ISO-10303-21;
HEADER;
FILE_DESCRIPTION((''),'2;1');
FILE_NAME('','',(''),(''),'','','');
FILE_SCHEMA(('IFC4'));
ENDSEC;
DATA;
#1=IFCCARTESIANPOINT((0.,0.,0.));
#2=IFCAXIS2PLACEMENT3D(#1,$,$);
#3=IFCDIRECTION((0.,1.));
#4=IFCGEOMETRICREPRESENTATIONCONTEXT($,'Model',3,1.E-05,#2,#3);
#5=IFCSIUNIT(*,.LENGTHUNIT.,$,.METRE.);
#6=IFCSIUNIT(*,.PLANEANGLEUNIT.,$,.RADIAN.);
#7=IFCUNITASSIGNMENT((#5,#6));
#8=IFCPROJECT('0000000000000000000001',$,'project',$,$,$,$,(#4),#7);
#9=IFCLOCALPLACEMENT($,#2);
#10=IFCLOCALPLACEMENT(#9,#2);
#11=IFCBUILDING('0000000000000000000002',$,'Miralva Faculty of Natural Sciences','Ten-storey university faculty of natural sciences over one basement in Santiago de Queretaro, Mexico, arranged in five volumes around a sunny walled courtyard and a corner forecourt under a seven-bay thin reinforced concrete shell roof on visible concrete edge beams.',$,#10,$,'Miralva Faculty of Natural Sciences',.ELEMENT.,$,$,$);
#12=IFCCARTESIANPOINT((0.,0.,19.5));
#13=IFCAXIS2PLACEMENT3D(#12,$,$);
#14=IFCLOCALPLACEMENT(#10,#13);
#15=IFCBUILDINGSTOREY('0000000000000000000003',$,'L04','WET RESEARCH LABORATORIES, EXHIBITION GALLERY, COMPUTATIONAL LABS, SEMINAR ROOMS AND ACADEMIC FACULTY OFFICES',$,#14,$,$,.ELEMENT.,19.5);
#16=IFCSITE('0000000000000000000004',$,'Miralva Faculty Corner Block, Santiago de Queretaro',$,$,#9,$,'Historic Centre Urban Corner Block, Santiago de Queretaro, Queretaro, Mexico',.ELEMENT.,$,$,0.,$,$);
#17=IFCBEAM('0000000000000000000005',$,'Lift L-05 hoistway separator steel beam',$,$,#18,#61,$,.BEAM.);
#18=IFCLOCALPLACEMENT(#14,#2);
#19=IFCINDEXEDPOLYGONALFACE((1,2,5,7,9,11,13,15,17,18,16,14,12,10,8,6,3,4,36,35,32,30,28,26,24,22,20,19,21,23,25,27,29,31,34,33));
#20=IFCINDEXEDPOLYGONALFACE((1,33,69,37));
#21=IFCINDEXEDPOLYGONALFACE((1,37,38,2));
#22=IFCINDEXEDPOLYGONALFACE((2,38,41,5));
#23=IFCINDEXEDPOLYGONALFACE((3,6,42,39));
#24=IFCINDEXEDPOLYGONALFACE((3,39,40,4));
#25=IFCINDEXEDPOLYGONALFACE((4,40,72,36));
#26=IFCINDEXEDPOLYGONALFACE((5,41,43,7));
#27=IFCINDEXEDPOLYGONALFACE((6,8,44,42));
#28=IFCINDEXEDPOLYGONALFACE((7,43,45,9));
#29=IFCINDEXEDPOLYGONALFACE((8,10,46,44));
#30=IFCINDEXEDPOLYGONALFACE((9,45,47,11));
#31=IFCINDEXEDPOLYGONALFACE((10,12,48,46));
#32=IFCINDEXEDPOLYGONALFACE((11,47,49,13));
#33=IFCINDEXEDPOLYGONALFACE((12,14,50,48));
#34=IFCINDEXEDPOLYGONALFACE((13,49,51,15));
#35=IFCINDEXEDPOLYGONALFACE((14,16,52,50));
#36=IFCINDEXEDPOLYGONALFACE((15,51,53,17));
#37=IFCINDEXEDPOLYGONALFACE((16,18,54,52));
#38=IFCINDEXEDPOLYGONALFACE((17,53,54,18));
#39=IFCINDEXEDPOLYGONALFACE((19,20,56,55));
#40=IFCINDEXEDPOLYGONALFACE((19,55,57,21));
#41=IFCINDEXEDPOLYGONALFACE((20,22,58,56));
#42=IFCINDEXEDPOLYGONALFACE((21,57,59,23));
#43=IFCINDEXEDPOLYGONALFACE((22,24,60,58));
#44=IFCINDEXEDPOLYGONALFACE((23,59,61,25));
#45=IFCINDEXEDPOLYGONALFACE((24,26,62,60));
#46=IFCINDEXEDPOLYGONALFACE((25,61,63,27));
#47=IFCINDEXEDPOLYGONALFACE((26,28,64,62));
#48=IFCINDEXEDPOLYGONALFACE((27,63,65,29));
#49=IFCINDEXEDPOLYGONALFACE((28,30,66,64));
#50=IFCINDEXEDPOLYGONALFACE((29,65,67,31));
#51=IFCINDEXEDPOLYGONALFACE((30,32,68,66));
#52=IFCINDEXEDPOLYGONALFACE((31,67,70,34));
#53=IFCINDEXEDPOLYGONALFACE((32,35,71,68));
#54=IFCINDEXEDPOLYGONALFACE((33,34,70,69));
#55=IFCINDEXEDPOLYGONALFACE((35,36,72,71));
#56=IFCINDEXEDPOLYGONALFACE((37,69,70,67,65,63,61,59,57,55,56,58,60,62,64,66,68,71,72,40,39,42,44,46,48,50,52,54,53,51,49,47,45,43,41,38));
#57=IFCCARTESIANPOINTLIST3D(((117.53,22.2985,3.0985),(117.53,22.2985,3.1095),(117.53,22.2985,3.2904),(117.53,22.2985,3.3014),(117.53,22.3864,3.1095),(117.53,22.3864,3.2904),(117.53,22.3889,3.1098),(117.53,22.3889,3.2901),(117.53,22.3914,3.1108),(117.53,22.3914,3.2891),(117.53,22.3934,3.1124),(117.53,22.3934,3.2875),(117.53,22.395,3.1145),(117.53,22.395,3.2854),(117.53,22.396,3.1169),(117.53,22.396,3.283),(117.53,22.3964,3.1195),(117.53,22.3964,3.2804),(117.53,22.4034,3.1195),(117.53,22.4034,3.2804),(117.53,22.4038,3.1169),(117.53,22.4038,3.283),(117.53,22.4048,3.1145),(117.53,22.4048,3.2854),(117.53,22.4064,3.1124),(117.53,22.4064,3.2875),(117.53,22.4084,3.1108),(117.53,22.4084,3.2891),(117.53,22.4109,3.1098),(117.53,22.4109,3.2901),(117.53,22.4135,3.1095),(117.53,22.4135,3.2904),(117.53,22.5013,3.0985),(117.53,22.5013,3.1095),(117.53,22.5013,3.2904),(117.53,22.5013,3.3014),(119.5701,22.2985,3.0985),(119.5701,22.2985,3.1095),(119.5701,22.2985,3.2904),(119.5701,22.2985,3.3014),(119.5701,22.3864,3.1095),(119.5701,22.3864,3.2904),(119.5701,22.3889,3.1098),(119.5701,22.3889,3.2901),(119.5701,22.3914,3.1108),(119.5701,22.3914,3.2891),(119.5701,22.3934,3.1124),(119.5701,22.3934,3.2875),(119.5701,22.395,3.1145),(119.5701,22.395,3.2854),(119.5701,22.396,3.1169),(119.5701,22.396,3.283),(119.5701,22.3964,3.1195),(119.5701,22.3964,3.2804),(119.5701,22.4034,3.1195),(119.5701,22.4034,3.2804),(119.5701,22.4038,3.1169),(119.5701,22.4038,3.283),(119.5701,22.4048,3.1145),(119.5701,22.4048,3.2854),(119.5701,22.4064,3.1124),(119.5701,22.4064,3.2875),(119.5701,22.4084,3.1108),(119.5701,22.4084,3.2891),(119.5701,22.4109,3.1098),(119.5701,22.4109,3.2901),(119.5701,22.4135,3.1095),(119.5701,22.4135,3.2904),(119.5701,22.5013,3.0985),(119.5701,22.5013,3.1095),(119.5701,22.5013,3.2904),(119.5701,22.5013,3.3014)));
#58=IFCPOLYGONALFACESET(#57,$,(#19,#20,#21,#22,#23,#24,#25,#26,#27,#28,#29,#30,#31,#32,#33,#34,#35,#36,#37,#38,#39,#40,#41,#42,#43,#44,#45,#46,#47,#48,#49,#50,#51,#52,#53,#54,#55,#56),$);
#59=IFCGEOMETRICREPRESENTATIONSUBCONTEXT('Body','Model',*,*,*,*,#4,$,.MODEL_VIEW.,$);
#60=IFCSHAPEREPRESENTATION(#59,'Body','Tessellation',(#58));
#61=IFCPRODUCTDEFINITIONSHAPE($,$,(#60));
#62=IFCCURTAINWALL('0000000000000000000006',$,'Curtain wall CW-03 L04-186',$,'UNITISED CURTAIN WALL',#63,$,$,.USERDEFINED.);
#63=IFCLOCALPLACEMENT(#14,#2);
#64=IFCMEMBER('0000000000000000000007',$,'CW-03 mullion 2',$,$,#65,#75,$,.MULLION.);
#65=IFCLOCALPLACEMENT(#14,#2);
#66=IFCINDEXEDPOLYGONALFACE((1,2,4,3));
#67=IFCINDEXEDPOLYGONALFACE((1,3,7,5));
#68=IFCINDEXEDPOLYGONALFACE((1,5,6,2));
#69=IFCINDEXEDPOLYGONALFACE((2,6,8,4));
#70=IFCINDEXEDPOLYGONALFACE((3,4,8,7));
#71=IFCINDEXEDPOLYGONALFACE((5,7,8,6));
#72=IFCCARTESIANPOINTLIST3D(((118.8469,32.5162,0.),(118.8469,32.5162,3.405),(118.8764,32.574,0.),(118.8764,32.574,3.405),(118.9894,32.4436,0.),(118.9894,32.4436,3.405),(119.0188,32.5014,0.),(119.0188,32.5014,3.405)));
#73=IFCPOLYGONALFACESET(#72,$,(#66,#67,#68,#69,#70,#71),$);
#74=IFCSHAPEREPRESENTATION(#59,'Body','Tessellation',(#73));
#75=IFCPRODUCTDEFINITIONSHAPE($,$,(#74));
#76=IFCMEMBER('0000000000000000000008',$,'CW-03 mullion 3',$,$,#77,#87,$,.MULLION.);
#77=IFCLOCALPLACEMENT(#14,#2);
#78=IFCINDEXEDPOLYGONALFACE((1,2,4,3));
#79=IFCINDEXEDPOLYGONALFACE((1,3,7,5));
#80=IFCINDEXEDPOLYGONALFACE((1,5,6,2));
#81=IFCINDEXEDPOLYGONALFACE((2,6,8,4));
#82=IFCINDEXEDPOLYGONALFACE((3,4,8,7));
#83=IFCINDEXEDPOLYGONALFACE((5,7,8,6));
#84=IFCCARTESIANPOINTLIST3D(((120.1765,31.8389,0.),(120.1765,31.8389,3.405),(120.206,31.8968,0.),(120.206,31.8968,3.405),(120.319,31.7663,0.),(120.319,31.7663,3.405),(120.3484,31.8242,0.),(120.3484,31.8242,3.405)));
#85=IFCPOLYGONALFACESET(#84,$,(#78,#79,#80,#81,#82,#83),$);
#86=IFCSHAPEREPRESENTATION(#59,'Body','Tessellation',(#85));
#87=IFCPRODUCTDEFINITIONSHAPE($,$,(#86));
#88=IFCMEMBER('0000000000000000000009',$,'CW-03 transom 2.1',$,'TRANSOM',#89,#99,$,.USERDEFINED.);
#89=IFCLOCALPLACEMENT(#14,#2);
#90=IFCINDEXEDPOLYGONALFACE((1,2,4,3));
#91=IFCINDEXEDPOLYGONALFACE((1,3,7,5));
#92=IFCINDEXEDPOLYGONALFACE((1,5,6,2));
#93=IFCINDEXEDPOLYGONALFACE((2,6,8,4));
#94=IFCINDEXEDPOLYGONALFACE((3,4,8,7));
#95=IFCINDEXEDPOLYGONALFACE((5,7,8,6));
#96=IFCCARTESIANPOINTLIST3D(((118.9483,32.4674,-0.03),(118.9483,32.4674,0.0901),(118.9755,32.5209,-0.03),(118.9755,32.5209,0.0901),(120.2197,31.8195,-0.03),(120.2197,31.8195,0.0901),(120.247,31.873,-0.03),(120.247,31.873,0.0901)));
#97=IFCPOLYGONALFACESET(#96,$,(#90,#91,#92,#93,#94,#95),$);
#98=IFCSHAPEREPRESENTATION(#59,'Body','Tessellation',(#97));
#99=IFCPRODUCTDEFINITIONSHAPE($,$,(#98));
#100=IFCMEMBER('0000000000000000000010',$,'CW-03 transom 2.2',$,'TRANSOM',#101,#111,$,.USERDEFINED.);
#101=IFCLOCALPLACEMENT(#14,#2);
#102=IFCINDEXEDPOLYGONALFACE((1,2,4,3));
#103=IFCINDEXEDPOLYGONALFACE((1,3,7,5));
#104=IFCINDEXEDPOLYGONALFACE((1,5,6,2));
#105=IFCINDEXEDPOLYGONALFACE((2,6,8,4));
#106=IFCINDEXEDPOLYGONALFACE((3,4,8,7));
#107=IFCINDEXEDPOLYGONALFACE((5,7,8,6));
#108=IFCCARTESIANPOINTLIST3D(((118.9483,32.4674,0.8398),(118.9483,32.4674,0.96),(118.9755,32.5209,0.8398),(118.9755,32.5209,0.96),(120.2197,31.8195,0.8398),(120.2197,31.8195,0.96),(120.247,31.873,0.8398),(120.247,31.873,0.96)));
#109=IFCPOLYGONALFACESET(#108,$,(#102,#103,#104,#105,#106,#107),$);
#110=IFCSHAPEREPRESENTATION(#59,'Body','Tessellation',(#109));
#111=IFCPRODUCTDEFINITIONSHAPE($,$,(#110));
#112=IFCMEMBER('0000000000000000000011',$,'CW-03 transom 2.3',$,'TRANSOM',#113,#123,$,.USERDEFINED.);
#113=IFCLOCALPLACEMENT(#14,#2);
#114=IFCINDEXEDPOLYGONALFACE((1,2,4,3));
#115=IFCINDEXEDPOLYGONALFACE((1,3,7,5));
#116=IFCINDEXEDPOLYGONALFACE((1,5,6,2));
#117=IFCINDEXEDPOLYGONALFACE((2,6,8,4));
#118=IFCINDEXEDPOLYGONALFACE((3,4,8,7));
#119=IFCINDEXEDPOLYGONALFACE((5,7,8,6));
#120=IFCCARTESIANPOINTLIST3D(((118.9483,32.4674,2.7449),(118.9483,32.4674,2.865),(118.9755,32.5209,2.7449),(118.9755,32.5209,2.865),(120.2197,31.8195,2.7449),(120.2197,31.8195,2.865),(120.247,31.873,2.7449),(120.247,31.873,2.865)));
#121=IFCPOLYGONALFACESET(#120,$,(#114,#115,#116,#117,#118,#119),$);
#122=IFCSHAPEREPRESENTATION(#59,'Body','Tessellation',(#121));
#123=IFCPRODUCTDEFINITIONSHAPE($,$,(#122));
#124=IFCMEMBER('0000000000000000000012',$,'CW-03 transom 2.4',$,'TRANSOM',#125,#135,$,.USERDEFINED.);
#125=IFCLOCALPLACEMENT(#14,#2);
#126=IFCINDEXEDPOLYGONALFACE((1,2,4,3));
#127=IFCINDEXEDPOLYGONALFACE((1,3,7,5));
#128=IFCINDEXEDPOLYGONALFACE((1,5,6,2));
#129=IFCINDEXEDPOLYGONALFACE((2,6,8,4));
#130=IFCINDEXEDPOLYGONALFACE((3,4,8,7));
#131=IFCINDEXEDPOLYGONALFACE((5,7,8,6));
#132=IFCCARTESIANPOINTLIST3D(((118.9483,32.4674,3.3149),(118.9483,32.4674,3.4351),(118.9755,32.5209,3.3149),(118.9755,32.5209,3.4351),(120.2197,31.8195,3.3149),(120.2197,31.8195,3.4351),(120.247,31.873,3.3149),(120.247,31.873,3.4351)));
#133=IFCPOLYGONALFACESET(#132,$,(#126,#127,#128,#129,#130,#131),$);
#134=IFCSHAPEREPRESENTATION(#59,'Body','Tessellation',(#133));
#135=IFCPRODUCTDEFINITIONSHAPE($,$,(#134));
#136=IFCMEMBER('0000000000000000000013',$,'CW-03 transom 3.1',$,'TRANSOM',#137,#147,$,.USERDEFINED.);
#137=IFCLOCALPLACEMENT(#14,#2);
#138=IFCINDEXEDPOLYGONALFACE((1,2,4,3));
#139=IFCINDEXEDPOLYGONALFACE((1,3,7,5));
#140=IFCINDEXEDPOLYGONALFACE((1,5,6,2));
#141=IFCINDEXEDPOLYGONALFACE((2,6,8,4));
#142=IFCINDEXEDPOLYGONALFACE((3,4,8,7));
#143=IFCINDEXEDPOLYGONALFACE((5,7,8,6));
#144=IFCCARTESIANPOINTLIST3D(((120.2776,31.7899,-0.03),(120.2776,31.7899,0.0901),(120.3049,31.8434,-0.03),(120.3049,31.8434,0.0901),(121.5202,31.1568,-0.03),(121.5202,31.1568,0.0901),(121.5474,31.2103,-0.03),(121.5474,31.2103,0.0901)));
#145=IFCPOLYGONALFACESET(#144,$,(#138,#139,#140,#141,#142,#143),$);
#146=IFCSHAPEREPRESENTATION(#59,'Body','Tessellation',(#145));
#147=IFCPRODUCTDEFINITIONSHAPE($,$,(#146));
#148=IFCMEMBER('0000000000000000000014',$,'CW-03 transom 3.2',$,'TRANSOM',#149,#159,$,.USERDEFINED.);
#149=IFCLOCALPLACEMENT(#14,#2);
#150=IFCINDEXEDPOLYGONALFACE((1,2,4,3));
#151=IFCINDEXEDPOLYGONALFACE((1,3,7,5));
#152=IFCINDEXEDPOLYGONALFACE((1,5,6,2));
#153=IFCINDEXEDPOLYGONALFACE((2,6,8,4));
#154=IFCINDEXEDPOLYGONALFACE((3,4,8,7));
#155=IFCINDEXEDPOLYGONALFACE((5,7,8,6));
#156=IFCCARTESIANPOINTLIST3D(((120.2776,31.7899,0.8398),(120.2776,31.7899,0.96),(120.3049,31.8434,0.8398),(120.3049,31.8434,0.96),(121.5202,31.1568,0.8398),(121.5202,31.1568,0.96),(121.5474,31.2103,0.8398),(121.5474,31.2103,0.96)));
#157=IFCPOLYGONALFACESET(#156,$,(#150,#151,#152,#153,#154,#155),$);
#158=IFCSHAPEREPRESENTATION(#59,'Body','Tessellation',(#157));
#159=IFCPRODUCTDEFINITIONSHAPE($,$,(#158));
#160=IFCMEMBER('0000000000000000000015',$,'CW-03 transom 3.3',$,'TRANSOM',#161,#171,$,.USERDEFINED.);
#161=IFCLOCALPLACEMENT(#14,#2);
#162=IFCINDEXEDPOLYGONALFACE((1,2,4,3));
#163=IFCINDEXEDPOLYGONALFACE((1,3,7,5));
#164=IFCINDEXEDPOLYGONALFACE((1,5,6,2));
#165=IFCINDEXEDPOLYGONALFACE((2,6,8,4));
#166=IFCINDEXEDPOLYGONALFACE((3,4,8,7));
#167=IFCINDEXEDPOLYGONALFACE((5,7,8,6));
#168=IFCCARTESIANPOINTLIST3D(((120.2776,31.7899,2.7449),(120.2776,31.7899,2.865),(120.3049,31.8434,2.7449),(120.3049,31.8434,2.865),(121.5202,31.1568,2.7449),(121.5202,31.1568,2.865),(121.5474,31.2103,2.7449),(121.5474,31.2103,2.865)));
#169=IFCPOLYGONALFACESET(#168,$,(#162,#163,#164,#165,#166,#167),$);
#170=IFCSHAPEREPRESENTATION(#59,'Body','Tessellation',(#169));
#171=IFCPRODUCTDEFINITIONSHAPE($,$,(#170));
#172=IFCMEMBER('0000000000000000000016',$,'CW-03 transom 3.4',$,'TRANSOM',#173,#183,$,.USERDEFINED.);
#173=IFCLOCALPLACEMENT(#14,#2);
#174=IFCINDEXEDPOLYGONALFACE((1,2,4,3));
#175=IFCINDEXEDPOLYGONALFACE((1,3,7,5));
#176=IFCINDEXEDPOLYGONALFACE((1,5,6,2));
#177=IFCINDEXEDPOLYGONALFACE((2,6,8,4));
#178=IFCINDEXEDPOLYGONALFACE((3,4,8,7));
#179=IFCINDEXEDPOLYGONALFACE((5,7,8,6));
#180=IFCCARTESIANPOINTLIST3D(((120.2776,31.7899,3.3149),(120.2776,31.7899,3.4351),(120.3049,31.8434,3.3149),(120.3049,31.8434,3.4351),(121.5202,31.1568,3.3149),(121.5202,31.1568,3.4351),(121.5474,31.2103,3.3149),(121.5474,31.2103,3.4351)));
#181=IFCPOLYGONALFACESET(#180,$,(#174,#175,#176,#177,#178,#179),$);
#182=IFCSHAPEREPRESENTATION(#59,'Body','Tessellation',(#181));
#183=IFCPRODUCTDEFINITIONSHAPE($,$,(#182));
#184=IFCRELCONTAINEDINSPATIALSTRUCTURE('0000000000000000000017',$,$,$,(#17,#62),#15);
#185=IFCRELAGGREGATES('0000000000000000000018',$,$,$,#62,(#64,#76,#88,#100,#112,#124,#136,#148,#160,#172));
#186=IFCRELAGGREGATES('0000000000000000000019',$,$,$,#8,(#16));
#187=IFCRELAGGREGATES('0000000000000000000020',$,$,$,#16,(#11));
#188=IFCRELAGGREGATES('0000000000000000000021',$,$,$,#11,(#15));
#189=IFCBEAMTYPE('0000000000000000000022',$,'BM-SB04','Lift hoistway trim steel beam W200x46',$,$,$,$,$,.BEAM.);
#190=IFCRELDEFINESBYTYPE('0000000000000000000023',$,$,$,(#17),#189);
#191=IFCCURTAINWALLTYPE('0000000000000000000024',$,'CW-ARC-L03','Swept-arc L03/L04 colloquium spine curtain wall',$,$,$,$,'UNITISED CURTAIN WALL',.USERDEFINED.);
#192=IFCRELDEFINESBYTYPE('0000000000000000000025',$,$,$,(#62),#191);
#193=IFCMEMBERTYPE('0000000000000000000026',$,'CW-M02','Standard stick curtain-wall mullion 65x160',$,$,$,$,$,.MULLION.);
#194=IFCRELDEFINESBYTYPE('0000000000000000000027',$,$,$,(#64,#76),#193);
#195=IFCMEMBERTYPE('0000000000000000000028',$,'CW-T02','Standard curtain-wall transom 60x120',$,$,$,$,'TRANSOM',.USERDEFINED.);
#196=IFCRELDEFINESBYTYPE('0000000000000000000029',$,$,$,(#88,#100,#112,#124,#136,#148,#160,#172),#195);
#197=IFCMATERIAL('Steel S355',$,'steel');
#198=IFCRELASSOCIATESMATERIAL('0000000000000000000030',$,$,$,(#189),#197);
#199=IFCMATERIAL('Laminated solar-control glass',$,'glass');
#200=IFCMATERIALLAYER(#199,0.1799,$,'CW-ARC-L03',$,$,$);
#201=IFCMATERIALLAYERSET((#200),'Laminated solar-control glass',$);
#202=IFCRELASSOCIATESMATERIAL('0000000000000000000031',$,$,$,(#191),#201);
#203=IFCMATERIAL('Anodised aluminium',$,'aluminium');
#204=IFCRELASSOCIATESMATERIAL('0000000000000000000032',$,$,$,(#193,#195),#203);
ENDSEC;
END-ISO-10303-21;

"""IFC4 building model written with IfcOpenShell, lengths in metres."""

from ifc_helpers import new_model, si_unit, direction, frame, origin, origin_2d, place, context, subcontext, project, spatial, rectangle, i_section, extrude, material, layer, layer_set, material_profile, profile_set, type_object, element, aggregate, save


model = new_model("IFC4")

# Units and contexts
model_context = context("Model", 3, precision=1e-05, world=origin(), true_north=direction((0.0, 1.0)))
body_context = subcontext(model_context, "Body", "Model", "MODEL_VIEW")
ifc_project = project(units=[si_unit("LENGTHUNIT", "METRE"), si_unit("PLANEANGLEUNIT", "RADIAN")], contexts=[model_context])

# Site, building, storey
site_placement = place(None, origin())
site = spatial("IfcSite", under=ifc_project, at=site_placement, Name="Miralva Faculty Corner Block, Santiago de Queretaro", LongName="Historic Centre Urban Corner Block, Santiago de Queretaro, Queretaro, Mexico", CompositionType="ELEMENT", RefElevation=0.0)
building_placement = place(site_placement, origin())
building = spatial("IfcBuilding", under=site, at=building_placement, Name="Miralva Faculty of Natural Sciences", Description="Ten-storey university faculty of natural sciences over one basement in Santiago de Queretaro, Mexico, arranged in five volumes around a sunny walled courtyard and a corner forecourt under a seven-bay thin reinforced concrete shell roof on visible concrete edge beams.", LongName="Miralva Faculty of Natural Sciences", CompositionType="ELEMENT")
storey_placement = place(building_placement, frame((0.0, 0.0, 19.5)))
storey = spatial("IfcBuildingStorey", under=building, at=storey_placement, Name="L04", Description="WET RESEARCH LABORATORIES, EXHIBITION GALLERY, COMPUTATIONAL LABS, SEMINAR ROOMS AND ACADEMIC FACULTY OFFICES", CompositionType="ELEMENT", Elevation=19.5)

# Beam
ifc_material_1 = material(Name="Steel S355", Category="steel")
ifc_material_profile_1 = material_profile(ifc_material_1, i_section(OverallWidth=0.2029, OverallDepth=0.2029, WebThickness=0.0071, FlangeThickness=0.011, FilletRadius=0.01, at=origin_2d()), Name="W200x46")
ifc_profile_set_1 = profile_set([ifc_material_profile_1], Name="Steel S355")
beam_type = type_object("IfcBeamType", Name="BM-SB04", Description="Lift hoistway trim steel beam W200x46", PredefinedType="BEAM", material=ifc_profile_set_1)
beam_placement = place(storey_placement, frame((117.53, 22.3999, 3.2), z_axis=(1.0, 0.0, 0.0), x_axis=(0.0, 1.0, 0.0)))
element("IfcBeam", 1, at=beam_placement, inside=storey, type_object=beam_type, Name="Lift L-05 hoistway separator steel beam", PredefinedType="BEAM", context=body_context, shape_type="SweptSolid", body=[
    extrude(i_section(OverallWidth=0.2029, OverallDepth=0.2029, WebThickness=0.0071, FlangeThickness=0.011, FilletRadius=0.01, at=origin_2d()), origin(), (0.0, 0.0, 1.0), 2.04),
])

# Curtain wall, members
ifc_material_2 = material(Name="Laminated solar-control glass", Category="glass")
ifc_layer_1 = layer(ifc_material_2, 0.1799, Name="CW-ARC-L03")
ifc_layer_set_1 = layer_set([ifc_layer_1], Name="Laminated solar-control glass")
curtain_wall_type = type_object("IfcCurtainWallType", Name="CW-ARC-L03", Description="Swept-arc L03/L04 colloquium spine curtain wall", ElementType="UNITISED CURTAIN WALL", PredefinedType="USERDEFINED", material=ifc_layer_set_1)
curtain_wall_placement = place(storey_placement, origin())
curtain_wall = element("IfcCurtainWall", 2, at=curtain_wall_placement, inside=storey, type_object=curtain_wall_type, Name="Curtain wall CW-03 L04-186", ObjectType="UNITISED CURTAIN WALL", PredefinedType="USERDEFINED")
ifc_material_3 = material(Name="Anodised aluminium", Category="aluminium")
ifc_material_profile_2 = material_profile(ifc_material_3, rectangle(XDim=0.0649, YDim=0.1599, at=origin_2d()), Name="MULLION 65x160")
ifc_profile_set_2 = profile_set([ifc_material_profile_2], Name="Anodised aluminium")
member_type_1 = type_object("IfcMemberType", Name="CW-M02", Description="Standard stick curtain-wall mullion 65x160", PredefinedType="MULLION", material=ifc_profile_set_2)
member_1_placement = place(storey_placement, frame((118.9329, 32.5088, 0.0), z_axis=(0.0, 0.0, 1.0), x_axis=(0.454001, 0.891001, 0.0)))
member_1 = element("IfcMember", 3, at=member_1_placement, type_object=member_type_1, Name="CW-03 mullion 2", PredefinedType="MULLION", context=body_context, shape_type="SweptSolid", body=[
    extrude(rectangle(XDim=0.0649, YDim=0.1599, at=origin_2d()), origin(), (0.0, 0.0, 1.0), 3.405),
])
member_2_placement = place(storey_placement, frame((120.2625, 31.8315, 0.0), z_axis=(0.0, 0.0, 1.0), x_axis=(0.454001, 0.891001, 0.0)))
member_2 = element("IfcMember", 4, at=member_2_placement, type_object=member_type_1, Name="CW-03 mullion 3", PredefinedType="MULLION", context=body_context, shape_type="SweptSolid", body=[
    extrude(rectangle(XDim=0.0649, YDim=0.1599, at=origin_2d()), origin(), (0.0, 0.0, 1.0), 3.405),
])
ifc_material_profile_3 = material_profile(ifc_material_3, rectangle(XDim=0.0601, YDim=0.1201, at=origin_2d()), Name="TRANSOM 60x120")
ifc_profile_set_3 = profile_set([ifc_material_profile_3], Name="Anodised aluminium")
member_type_2 = type_object("IfcMemberType", Name="CW-T02", Description="Standard curtain-wall transom 60x120", ElementType="TRANSOM", PredefinedType="USERDEFINED", material=ifc_profile_set_3)
member_3_placement = place(storey_placement, frame((118.9619, 32.4941, 0.03), z_axis=(0.890979, -0.454044, 0.0), x_axis=(0.454044, 0.890979, 0.0)))
member_3 = element("IfcMember", 5, at=member_3_placement, type_object=member_type_2, Name="CW-03 transom 2.1", ObjectType="TRANSOM", PredefinedType="USERDEFINED", context=body_context, shape_type="SweptSolid", body=[
    extrude(rectangle(XDim=0.0601, YDim=0.1201, at=origin_2d()), origin(), (0.0, 0.0, 1.0), 1.427),
])
member_4_placement = place(storey_placement, frame((118.9619, 32.4941, 0.8999), z_axis=(0.890979, -0.454044, 0.0), x_axis=(0.454044, 0.890979, 0.0)))
member_4 = element("IfcMember", 6, at=member_4_placement, type_object=member_type_2, Name="CW-03 transom 2.2", ObjectType="TRANSOM", PredefinedType="USERDEFINED", context=body_context, shape_type="SweptSolid", body=[
    extrude(rectangle(XDim=0.0601, YDim=0.1201, at=origin_2d()), origin(), (0.0, 0.0, 1.0), 1.427),
])
member_5_placement = place(storey_placement, frame((118.9619, 32.4941, 2.8049), z_axis=(0.890979, -0.454044, 0.0), x_axis=(0.454044, 0.890979, 0.0)))
member_5 = element("IfcMember", 7, at=member_5_placement, type_object=member_type_2, Name="CW-03 transom 2.3", ObjectType="TRANSOM", PredefinedType="USERDEFINED", context=body_context, shape_type="SweptSolid", body=[
    extrude(rectangle(XDim=0.0601, YDim=0.1201, at=origin_2d()), origin(), (0.0, 0.0, 1.0), 1.427),
])
member_6_placement = place(storey_placement, frame((118.9619, 32.4941, 3.375), z_axis=(0.890979, -0.454044, 0.0), x_axis=(0.454044, 0.890979, 0.0)))
member_6 = element("IfcMember", 8, at=member_6_placement, type_object=member_type_2, Name="CW-03 transom 2.4", ObjectType="TRANSOM", PredefinedType="USERDEFINED", context=body_context, shape_type="SweptSolid", body=[
    extrude(rectangle(XDim=0.0601, YDim=0.1201, at=origin_2d()), origin(), (0.0, 0.0, 1.0), 1.427),
])
member_7_placement = place(storey_placement, frame((120.2913, 31.8167, 0.03), z_axis=(0.891005, -0.453994, 0.0), x_axis=(0.453994, 0.891005, 0.0)))
member_7 = element("IfcMember", 9, at=member_7_placement, type_object=member_type_2, Name="CW-03 transom 3.1", ObjectType="TRANSOM", PredefinedType="USERDEFINED", context=body_context, shape_type="SweptSolid", body=[
    extrude(rectangle(XDim=0.0601, YDim=0.1201, at=origin_2d()), origin(), (0.0, 0.0, 1.0), 1.3945),
])
member_8_placement = place(storey_placement, frame((120.2913, 31.8167, 0.8999), z_axis=(0.891005, -0.453994, 0.0), x_axis=(0.453994, 0.891005, 0.0)))
member_8 = element("IfcMember", 10, at=member_8_placement, type_object=member_type_2, Name="CW-03 transom 3.2", ObjectType="TRANSOM", PredefinedType="USERDEFINED", context=body_context, shape_type="SweptSolid", body=[
    extrude(rectangle(XDim=0.0601, YDim=0.1201, at=origin_2d()), origin(), (0.0, 0.0, 1.0), 1.3945),
])
member_9_placement = place(storey_placement, frame((120.2913, 31.8167, 2.8049), z_axis=(0.891005, -0.453994, 0.0), x_axis=(0.453994, 0.891005, 0.0)))
member_9 = element("IfcMember", 11, at=member_9_placement, type_object=member_type_2, Name="CW-03 transom 3.3", ObjectType="TRANSOM", PredefinedType="USERDEFINED", context=body_context, shape_type="SweptSolid", body=[
    extrude(rectangle(XDim=0.0601, YDim=0.1201, at=origin_2d()), origin(), (0.0, 0.0, 1.0), 1.3945),
])
member_10_placement = place(storey_placement, frame((120.2913, 31.8167, 3.375), z_axis=(0.891005, -0.453994, 0.0), x_axis=(0.453994, 0.891005, 0.0)))
member_10 = element("IfcMember", 12, at=member_10_placement, type_object=member_type_2, Name="CW-03 transom 3.4", ObjectType="TRANSOM", PredefinedType="USERDEFINED", context=body_context, shape_type="SweptSolid", body=[
    extrude(rectangle(XDim=0.0601, YDim=0.1201, at=origin_2d()), origin(), (0.0, 0.0, 1.0), 1.3945),
])
aggregate(curtain_wall, [member_1, member_2, member_3, member_4, member_5, member_6, member_7, member_8, member_9, member_10])

save(model, "model.ifc")
